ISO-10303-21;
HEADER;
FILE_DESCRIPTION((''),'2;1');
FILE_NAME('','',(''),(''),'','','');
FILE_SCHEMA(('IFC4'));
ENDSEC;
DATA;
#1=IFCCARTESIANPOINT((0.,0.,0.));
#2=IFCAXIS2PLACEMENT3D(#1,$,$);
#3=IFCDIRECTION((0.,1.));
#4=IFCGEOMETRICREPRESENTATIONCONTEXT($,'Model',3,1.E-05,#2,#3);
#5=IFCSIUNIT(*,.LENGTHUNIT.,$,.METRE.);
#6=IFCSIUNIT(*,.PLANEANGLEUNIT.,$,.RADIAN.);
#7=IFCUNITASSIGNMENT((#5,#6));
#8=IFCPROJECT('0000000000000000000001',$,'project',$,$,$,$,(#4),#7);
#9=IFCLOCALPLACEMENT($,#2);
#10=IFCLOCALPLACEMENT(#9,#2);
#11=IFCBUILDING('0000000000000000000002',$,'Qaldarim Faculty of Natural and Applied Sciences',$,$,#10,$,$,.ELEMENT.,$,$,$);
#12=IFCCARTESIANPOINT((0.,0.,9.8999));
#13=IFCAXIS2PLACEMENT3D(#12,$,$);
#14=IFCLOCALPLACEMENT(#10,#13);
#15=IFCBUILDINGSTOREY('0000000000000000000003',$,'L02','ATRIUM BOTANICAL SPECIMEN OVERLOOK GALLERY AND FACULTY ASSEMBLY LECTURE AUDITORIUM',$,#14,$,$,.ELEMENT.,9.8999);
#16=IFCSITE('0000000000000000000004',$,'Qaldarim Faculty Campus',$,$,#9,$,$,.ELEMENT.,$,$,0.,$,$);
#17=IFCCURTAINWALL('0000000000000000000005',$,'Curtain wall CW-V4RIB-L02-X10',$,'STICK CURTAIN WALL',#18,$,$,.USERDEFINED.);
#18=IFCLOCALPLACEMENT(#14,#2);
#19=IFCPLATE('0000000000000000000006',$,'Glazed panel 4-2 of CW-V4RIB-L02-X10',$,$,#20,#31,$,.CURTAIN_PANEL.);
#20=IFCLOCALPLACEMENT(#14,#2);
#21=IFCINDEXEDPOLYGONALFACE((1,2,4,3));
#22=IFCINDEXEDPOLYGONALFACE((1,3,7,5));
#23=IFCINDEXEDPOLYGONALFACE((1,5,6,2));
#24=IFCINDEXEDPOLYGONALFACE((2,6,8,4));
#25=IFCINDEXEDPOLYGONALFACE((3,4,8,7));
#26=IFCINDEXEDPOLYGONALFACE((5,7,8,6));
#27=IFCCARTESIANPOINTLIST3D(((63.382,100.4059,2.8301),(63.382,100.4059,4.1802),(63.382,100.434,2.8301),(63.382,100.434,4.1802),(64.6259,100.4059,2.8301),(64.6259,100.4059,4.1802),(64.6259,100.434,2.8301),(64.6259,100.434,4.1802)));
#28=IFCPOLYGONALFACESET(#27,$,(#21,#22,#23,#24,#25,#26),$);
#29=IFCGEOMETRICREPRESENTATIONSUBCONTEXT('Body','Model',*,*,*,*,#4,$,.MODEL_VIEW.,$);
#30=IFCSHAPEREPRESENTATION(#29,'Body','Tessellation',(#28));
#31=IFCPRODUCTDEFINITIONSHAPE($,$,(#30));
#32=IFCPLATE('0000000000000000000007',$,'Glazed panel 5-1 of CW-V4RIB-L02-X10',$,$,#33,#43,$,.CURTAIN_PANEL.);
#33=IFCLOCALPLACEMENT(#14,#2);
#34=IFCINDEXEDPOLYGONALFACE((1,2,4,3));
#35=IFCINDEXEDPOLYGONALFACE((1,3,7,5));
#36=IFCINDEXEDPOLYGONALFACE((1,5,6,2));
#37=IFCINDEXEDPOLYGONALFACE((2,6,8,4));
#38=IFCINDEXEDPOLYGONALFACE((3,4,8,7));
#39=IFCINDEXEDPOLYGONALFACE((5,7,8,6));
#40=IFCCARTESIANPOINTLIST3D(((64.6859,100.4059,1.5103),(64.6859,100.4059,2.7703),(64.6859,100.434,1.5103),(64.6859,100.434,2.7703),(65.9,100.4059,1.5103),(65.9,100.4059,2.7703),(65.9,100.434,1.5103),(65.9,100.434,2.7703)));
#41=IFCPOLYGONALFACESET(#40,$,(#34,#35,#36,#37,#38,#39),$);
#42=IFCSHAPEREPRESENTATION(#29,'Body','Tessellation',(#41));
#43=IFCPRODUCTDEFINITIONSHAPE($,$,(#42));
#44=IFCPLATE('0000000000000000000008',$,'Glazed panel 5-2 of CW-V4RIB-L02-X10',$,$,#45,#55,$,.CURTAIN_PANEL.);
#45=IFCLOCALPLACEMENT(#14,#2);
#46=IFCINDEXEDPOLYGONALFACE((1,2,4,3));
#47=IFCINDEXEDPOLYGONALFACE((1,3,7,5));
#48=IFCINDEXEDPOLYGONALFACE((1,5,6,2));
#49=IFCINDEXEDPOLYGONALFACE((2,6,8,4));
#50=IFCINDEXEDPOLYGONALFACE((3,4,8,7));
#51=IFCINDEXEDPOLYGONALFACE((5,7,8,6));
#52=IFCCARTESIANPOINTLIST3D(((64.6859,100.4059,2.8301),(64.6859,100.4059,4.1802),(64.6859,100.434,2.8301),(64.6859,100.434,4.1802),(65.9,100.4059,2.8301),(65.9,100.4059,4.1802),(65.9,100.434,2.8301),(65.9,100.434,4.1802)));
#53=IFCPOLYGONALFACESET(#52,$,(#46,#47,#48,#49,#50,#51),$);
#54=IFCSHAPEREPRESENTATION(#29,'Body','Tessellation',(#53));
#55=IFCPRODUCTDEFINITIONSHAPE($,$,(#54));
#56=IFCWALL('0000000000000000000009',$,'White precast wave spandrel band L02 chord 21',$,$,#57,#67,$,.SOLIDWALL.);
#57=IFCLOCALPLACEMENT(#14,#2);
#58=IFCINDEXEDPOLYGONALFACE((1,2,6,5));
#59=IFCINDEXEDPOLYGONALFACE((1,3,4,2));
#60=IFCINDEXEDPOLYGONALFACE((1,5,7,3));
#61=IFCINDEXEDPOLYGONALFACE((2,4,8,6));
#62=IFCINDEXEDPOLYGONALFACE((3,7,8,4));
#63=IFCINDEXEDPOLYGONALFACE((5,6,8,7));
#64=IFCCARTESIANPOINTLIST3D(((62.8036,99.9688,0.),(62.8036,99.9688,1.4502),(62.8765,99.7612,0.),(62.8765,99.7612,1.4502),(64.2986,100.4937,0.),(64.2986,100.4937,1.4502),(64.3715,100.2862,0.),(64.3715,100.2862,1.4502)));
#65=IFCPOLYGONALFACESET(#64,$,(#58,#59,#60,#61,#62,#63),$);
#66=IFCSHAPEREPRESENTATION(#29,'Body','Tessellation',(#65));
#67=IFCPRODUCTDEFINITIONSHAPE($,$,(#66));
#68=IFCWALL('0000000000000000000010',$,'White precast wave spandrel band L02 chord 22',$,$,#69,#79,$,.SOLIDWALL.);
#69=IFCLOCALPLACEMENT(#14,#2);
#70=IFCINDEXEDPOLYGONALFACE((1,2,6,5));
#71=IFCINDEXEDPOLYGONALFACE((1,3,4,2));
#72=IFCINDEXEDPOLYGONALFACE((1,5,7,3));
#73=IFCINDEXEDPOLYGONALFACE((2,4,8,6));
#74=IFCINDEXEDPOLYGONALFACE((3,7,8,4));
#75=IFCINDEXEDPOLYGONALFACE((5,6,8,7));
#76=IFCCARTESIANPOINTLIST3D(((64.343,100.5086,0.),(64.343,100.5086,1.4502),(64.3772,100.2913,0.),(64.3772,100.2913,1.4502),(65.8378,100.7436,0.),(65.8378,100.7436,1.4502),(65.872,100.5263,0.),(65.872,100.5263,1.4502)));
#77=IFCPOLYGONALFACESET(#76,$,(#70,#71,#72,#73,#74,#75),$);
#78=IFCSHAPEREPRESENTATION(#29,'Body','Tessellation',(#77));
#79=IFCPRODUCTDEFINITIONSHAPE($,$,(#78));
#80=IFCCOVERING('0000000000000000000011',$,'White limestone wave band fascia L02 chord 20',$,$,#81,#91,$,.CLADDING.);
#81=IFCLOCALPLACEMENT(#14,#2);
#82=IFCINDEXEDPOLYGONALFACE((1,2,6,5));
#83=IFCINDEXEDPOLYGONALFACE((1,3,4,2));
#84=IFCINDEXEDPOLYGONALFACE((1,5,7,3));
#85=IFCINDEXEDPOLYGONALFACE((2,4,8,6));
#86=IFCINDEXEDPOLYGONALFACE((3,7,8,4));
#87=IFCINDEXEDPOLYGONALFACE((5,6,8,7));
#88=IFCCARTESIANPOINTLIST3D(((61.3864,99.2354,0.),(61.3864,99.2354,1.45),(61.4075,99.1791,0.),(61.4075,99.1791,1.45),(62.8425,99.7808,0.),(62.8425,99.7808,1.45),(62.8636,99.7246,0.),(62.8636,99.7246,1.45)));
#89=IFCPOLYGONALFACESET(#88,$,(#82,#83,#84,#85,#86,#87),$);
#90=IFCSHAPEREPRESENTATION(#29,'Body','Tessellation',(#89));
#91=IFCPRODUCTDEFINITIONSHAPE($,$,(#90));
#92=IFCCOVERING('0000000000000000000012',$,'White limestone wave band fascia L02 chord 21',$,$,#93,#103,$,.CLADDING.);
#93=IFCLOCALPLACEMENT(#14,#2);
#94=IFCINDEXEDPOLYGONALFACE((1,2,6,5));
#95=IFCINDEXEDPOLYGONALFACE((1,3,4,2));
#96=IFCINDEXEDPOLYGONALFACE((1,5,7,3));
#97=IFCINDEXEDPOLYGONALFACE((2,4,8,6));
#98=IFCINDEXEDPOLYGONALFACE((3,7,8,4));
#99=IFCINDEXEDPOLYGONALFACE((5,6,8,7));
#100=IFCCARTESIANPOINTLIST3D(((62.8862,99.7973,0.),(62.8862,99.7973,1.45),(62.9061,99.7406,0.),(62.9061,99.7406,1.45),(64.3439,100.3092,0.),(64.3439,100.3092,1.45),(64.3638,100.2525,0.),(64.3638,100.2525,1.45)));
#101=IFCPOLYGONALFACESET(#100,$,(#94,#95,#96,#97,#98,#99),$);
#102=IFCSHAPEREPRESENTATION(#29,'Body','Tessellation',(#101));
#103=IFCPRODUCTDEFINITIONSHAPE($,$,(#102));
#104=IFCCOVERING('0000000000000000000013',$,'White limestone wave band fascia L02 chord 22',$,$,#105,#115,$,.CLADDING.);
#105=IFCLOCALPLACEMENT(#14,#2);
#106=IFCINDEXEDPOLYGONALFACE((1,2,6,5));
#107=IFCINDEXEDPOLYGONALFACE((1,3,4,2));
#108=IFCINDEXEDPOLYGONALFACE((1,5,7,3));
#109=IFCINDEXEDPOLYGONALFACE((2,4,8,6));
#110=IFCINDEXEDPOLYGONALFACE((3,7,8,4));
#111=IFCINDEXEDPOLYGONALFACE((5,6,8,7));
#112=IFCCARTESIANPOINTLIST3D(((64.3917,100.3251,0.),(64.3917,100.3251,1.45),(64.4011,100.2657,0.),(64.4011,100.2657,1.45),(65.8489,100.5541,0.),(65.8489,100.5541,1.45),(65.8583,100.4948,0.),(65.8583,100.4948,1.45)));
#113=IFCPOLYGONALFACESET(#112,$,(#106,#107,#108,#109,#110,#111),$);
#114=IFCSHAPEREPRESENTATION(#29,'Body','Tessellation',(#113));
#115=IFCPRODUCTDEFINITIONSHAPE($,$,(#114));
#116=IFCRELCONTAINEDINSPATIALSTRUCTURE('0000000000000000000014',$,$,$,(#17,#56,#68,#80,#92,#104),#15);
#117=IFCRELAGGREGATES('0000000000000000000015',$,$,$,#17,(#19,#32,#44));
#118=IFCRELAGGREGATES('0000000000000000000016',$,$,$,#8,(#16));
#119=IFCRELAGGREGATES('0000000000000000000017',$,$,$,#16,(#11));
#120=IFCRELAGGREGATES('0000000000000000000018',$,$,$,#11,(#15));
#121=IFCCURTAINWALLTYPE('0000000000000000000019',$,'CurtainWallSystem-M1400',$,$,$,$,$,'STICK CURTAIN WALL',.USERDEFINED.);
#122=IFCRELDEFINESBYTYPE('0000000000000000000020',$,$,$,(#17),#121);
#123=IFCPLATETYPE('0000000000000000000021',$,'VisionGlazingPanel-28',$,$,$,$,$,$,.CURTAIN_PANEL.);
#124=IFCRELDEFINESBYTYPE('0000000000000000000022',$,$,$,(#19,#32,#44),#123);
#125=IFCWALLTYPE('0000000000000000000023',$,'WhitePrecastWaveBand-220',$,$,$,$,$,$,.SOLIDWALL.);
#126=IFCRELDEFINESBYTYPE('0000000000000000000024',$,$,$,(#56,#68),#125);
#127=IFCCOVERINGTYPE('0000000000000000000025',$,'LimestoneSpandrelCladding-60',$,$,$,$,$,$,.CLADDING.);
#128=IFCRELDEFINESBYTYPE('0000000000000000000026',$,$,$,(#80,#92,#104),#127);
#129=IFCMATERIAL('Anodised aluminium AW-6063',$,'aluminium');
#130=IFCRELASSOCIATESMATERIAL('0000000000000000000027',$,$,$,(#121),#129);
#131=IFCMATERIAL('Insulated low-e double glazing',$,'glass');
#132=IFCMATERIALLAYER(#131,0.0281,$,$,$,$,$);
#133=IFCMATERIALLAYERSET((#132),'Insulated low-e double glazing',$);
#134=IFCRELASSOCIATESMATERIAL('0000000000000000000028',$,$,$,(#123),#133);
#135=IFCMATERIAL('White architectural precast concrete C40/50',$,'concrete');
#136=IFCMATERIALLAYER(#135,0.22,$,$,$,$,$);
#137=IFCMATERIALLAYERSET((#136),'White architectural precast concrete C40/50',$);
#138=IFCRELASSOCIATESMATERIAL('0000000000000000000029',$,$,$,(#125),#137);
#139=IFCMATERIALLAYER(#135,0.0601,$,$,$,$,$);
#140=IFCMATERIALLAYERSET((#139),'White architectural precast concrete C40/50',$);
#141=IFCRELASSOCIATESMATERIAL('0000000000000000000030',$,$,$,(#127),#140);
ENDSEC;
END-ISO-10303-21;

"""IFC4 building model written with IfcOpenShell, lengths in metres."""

from ifc_helpers import new_model, si_unit, direction, frame, frame_2d, origin, origin_2d, place, context, subcontext, project, spatial, rectangle, extrude, material, layer, layer_set, type_object, element, aggregate, save


model = new_model("IFC4")

# Units and contexts
model_context = context("Model", 3, precision=1e-05, world=origin(), true_north=direction((0.0, 1.0)))
body_context = subcontext(model_context, "Body", "Model", "MODEL_VIEW")
ifc_project = project(units=[si_unit("LENGTHUNIT", "METRE"), si_unit("PLANEANGLEUNIT", "RADIAN")], contexts=[model_context])

# Site, building, storey
site_placement = place(None, origin())
site = spatial("IfcSite", under=ifc_project, at=site_placement, Name="Qaldarim Faculty Campus", CompositionType="ELEMENT", RefElevation=0.0)
building_placement = place(site_placement, origin())
building = spatial("IfcBuilding", under=site, at=building_placement, Name="Qaldarim Faculty of Natural and Applied Sciences", CompositionType="ELEMENT")
storey_placement = place(building_placement, frame((0.0, 0.0, 9.8999)))
storey = spatial("IfcBuildingStorey", under=building, at=storey_placement, Name="L02", Description="ATRIUM BOTANICAL SPECIMEN OVERLOOK GALLERY AND FACULTY ASSEMBLY LECTURE AUDITORIUM", CompositionType="ELEMENT", Elevation=9.8999)

# Curtain wall
ifc_material_1 = material(Name="Anodised aluminium AW-6063", Category="aluminium")
curtain_wall_type = type_object("IfcCurtainWallType", Name="CurtainWallSystem-M1400", ElementType="STICK CURTAIN WALL", PredefinedType="USERDEFINED", material=ifc_material_1)
curtain_wall_1_placement = place(storey_placement, origin())
curtain_wall_1 = element("IfcCurtainWall", 1, at=curtain_wall_1_placement, inside=storey, type_object=curtain_wall_type, Name="Curtain wall CW-V4RIB-L02-X10", ObjectType="STICK CURTAIN WALL", PredefinedType="USERDEFINED")

# Plates
ifc_material_2 = material(Name="Insulated low-e double glazing", Category="glass")
ifc_layer_1 = layer(ifc_material_2, 0.0281)
ifc_layer_set_1 = layer_set([ifc_layer_1], Name="Insulated low-e double glazing")
plate_type = type_object("IfcPlateType", Name="VisionGlazingPanel-28", PredefinedType="CURTAIN_PANEL", material=ifc_layer_set_1)
plate_1_placement = place(storey_placement, frame((64.0039, 100.4199, 2.8301), z_axis=(0.0, 0.0, 1.0), x_axis=(1.0, 0.0, 0.0)))
plate_1 = element("IfcPlate", 2, at=plate_1_placement, type_object=plate_type, Name="Glazed panel 4-2 of CW-V4RIB-L02-X10", PredefinedType="CURTAIN_PANEL", context=body_context, shape_type="SweptSolid", body=[
    extrude(rectangle(XDim=1.2439, YDim=0.0281, at=origin_2d()), origin(), (0.0, 0.0, 1.0), 1.3501),
])
plate_2_placement = place(storey_placement, frame((65.293, 100.4199, 1.5103), z_axis=(0.0, 0.0, 1.0), x_axis=(1.0, 0.0, 0.0)))
plate_2 = element("IfcPlate", 3, at=plate_2_placement, type_object=plate_type, Name="Glazed panel 5-1 of CW-V4RIB-L02-X10", PredefinedType="CURTAIN_PANEL", context=body_context, shape_type="SweptSolid", body=[
    extrude(rectangle(XDim=1.2141, YDim=0.0281, at=origin_2d()), origin(), (0.0, 0.0, 1.0), 1.26),
])
plate_3_placement = place(storey_placement, frame((65.293, 100.4199, 2.8301), z_axis=(0.0, 0.0, 1.0), x_axis=(1.0, 0.0, 0.0)))
plate_3 = element("IfcPlate", 4, at=plate_3_placement, type_object=plate_type, Name="Glazed panel 5-2 of CW-V4RIB-L02-X10", PredefinedType="CURTAIN_PANEL", context=body_context, shape_type="SweptSolid", body=[
    extrude(rectangle(XDim=1.2141, YDim=0.0281, at=origin_2d()), origin(), (0.0, 0.0, 1.0), 1.3501),
])
aggregate(curtain_wall_1, [plate_1, plate_2, plate_3])

# Walls
ifc_material_3 = material(Name="White architectural precast concrete C40/50", Category="concrete")
ifc_layer_2 = layer(ifc_material_3, 0.22)
ifc_layer_set_2 = layer_set([ifc_layer_2], Name="White architectural precast concrete C40/50")
wall_type = type_object("IfcWallType", Name="WhitePrecastWaveBand-220", PredefinedType="SOLIDWALL", material=ifc_layer_set_2)
wall_1_placement = place(storey_placement, frame((62.8401, 99.865, 0.0), z_axis=(0.0, 0.0, 1.0), x_axis=(0.943524, 0.331304, 0.0)))
element("IfcWall", 5, at=wall_1_placement, inside=storey, type_object=wall_type, Name="White precast wave spandrel band L02 chord 21", PredefinedType="SOLIDWALL", context=body_context, shape_type="SweptSolid", body=[
    extrude(rectangle(XDim=1.5845, YDim=0.22, at=frame_2d((0.7922, 0.0))), origin(), (0.0, 0.0, 1.0), 1.4502),
])
wall_2_placement = place(storey_placement, frame((64.3601, 100.3999, 0.0), z_axis=(0.0, 0.0, 1.0), x_axis=(0.987857, 0.155366, 0.0)))
element("IfcWall", 6, at=wall_2_placement, inside=storey, type_object=wall_type, Name="White precast wave spandrel band L02 chord 22", PredefinedType="SOLIDWALL", context=body_context, shape_type="SweptSolid", body=[
    extrude(rectangle(XDim=1.5132, YDim=0.22, at=frame_2d((0.7566, 0.0))), origin(), (0.0, 0.0, 1.0), 1.4502),
])

# Coverings
ifc_layer_3 = layer(ifc_material_3, 0.0601)
ifc_layer_set_3 = layer_set([ifc_layer_3], Name="White architectural precast concrete C40/50")
covering_type = type_object("IfcCoveringType", Name="LimestoneSpandrelCladding-60", PredefinedType="CLADDING", material=ifc_layer_set_3)
covering_1_placement = place(storey_placement, frame((62.125, 99.48, 0.0), z_axis=(0.0, 0.0, 1.0), x_axis=(0.936458, 0.350779, 0.0)))
element("IfcCovering", 7, at=covering_1_placement, inside=storey, type_object=covering_type, Name="White limestone wave band fascia L02 chord 20", PredefinedType="CLADDING", context=body_context, shape_type="SweptSolid", body=[
    extrude(rectangle(XDim=1.5549, YDim=0.0601, at=origin_2d()), origin(), (0.0, 0.0, 1.0), 1.45),
])
covering_2_placement = place(storey_placement, frame((63.625, 100.0249, 0.0), z_axis=(0.0, 0.0, 1.0), x_axis=(0.943512, 0.331338, 0.0)))
element("IfcCovering", 8, at=covering_2_placement, inside=storey, type_object=covering_type, Name="White limestone wave band fascia L02 chord 21", PredefinedType="CLADDING", context=body_context, shape_type="SweptSolid", body=[
    extrude(rectangle(XDim=1.5449, YDim=0.0601, at=origin_2d()), origin(), (0.0, 0.0, 1.0), 1.45),
])
covering_3_placement = place(storey_placement, frame((65.125, 100.4099, 0.0), z_axis=(0.0, 0.0, 1.0), x_axis=(0.987871, 0.155279, 0.0)))
element("IfcCovering", 9, at=covering_3_placement, inside=storey, type_object=covering_type, Name="White limestone wave band fascia L02 chord 22", PredefinedType="CLADDING", context=body_context, shape_type="SweptSolid", body=[
    extrude(rectangle(XDim=1.4751, YDim=0.0601, at=origin_2d()), origin(), (0.0, 0.0, 1.0), 1.45),
])

save(model, "model.ifc")
